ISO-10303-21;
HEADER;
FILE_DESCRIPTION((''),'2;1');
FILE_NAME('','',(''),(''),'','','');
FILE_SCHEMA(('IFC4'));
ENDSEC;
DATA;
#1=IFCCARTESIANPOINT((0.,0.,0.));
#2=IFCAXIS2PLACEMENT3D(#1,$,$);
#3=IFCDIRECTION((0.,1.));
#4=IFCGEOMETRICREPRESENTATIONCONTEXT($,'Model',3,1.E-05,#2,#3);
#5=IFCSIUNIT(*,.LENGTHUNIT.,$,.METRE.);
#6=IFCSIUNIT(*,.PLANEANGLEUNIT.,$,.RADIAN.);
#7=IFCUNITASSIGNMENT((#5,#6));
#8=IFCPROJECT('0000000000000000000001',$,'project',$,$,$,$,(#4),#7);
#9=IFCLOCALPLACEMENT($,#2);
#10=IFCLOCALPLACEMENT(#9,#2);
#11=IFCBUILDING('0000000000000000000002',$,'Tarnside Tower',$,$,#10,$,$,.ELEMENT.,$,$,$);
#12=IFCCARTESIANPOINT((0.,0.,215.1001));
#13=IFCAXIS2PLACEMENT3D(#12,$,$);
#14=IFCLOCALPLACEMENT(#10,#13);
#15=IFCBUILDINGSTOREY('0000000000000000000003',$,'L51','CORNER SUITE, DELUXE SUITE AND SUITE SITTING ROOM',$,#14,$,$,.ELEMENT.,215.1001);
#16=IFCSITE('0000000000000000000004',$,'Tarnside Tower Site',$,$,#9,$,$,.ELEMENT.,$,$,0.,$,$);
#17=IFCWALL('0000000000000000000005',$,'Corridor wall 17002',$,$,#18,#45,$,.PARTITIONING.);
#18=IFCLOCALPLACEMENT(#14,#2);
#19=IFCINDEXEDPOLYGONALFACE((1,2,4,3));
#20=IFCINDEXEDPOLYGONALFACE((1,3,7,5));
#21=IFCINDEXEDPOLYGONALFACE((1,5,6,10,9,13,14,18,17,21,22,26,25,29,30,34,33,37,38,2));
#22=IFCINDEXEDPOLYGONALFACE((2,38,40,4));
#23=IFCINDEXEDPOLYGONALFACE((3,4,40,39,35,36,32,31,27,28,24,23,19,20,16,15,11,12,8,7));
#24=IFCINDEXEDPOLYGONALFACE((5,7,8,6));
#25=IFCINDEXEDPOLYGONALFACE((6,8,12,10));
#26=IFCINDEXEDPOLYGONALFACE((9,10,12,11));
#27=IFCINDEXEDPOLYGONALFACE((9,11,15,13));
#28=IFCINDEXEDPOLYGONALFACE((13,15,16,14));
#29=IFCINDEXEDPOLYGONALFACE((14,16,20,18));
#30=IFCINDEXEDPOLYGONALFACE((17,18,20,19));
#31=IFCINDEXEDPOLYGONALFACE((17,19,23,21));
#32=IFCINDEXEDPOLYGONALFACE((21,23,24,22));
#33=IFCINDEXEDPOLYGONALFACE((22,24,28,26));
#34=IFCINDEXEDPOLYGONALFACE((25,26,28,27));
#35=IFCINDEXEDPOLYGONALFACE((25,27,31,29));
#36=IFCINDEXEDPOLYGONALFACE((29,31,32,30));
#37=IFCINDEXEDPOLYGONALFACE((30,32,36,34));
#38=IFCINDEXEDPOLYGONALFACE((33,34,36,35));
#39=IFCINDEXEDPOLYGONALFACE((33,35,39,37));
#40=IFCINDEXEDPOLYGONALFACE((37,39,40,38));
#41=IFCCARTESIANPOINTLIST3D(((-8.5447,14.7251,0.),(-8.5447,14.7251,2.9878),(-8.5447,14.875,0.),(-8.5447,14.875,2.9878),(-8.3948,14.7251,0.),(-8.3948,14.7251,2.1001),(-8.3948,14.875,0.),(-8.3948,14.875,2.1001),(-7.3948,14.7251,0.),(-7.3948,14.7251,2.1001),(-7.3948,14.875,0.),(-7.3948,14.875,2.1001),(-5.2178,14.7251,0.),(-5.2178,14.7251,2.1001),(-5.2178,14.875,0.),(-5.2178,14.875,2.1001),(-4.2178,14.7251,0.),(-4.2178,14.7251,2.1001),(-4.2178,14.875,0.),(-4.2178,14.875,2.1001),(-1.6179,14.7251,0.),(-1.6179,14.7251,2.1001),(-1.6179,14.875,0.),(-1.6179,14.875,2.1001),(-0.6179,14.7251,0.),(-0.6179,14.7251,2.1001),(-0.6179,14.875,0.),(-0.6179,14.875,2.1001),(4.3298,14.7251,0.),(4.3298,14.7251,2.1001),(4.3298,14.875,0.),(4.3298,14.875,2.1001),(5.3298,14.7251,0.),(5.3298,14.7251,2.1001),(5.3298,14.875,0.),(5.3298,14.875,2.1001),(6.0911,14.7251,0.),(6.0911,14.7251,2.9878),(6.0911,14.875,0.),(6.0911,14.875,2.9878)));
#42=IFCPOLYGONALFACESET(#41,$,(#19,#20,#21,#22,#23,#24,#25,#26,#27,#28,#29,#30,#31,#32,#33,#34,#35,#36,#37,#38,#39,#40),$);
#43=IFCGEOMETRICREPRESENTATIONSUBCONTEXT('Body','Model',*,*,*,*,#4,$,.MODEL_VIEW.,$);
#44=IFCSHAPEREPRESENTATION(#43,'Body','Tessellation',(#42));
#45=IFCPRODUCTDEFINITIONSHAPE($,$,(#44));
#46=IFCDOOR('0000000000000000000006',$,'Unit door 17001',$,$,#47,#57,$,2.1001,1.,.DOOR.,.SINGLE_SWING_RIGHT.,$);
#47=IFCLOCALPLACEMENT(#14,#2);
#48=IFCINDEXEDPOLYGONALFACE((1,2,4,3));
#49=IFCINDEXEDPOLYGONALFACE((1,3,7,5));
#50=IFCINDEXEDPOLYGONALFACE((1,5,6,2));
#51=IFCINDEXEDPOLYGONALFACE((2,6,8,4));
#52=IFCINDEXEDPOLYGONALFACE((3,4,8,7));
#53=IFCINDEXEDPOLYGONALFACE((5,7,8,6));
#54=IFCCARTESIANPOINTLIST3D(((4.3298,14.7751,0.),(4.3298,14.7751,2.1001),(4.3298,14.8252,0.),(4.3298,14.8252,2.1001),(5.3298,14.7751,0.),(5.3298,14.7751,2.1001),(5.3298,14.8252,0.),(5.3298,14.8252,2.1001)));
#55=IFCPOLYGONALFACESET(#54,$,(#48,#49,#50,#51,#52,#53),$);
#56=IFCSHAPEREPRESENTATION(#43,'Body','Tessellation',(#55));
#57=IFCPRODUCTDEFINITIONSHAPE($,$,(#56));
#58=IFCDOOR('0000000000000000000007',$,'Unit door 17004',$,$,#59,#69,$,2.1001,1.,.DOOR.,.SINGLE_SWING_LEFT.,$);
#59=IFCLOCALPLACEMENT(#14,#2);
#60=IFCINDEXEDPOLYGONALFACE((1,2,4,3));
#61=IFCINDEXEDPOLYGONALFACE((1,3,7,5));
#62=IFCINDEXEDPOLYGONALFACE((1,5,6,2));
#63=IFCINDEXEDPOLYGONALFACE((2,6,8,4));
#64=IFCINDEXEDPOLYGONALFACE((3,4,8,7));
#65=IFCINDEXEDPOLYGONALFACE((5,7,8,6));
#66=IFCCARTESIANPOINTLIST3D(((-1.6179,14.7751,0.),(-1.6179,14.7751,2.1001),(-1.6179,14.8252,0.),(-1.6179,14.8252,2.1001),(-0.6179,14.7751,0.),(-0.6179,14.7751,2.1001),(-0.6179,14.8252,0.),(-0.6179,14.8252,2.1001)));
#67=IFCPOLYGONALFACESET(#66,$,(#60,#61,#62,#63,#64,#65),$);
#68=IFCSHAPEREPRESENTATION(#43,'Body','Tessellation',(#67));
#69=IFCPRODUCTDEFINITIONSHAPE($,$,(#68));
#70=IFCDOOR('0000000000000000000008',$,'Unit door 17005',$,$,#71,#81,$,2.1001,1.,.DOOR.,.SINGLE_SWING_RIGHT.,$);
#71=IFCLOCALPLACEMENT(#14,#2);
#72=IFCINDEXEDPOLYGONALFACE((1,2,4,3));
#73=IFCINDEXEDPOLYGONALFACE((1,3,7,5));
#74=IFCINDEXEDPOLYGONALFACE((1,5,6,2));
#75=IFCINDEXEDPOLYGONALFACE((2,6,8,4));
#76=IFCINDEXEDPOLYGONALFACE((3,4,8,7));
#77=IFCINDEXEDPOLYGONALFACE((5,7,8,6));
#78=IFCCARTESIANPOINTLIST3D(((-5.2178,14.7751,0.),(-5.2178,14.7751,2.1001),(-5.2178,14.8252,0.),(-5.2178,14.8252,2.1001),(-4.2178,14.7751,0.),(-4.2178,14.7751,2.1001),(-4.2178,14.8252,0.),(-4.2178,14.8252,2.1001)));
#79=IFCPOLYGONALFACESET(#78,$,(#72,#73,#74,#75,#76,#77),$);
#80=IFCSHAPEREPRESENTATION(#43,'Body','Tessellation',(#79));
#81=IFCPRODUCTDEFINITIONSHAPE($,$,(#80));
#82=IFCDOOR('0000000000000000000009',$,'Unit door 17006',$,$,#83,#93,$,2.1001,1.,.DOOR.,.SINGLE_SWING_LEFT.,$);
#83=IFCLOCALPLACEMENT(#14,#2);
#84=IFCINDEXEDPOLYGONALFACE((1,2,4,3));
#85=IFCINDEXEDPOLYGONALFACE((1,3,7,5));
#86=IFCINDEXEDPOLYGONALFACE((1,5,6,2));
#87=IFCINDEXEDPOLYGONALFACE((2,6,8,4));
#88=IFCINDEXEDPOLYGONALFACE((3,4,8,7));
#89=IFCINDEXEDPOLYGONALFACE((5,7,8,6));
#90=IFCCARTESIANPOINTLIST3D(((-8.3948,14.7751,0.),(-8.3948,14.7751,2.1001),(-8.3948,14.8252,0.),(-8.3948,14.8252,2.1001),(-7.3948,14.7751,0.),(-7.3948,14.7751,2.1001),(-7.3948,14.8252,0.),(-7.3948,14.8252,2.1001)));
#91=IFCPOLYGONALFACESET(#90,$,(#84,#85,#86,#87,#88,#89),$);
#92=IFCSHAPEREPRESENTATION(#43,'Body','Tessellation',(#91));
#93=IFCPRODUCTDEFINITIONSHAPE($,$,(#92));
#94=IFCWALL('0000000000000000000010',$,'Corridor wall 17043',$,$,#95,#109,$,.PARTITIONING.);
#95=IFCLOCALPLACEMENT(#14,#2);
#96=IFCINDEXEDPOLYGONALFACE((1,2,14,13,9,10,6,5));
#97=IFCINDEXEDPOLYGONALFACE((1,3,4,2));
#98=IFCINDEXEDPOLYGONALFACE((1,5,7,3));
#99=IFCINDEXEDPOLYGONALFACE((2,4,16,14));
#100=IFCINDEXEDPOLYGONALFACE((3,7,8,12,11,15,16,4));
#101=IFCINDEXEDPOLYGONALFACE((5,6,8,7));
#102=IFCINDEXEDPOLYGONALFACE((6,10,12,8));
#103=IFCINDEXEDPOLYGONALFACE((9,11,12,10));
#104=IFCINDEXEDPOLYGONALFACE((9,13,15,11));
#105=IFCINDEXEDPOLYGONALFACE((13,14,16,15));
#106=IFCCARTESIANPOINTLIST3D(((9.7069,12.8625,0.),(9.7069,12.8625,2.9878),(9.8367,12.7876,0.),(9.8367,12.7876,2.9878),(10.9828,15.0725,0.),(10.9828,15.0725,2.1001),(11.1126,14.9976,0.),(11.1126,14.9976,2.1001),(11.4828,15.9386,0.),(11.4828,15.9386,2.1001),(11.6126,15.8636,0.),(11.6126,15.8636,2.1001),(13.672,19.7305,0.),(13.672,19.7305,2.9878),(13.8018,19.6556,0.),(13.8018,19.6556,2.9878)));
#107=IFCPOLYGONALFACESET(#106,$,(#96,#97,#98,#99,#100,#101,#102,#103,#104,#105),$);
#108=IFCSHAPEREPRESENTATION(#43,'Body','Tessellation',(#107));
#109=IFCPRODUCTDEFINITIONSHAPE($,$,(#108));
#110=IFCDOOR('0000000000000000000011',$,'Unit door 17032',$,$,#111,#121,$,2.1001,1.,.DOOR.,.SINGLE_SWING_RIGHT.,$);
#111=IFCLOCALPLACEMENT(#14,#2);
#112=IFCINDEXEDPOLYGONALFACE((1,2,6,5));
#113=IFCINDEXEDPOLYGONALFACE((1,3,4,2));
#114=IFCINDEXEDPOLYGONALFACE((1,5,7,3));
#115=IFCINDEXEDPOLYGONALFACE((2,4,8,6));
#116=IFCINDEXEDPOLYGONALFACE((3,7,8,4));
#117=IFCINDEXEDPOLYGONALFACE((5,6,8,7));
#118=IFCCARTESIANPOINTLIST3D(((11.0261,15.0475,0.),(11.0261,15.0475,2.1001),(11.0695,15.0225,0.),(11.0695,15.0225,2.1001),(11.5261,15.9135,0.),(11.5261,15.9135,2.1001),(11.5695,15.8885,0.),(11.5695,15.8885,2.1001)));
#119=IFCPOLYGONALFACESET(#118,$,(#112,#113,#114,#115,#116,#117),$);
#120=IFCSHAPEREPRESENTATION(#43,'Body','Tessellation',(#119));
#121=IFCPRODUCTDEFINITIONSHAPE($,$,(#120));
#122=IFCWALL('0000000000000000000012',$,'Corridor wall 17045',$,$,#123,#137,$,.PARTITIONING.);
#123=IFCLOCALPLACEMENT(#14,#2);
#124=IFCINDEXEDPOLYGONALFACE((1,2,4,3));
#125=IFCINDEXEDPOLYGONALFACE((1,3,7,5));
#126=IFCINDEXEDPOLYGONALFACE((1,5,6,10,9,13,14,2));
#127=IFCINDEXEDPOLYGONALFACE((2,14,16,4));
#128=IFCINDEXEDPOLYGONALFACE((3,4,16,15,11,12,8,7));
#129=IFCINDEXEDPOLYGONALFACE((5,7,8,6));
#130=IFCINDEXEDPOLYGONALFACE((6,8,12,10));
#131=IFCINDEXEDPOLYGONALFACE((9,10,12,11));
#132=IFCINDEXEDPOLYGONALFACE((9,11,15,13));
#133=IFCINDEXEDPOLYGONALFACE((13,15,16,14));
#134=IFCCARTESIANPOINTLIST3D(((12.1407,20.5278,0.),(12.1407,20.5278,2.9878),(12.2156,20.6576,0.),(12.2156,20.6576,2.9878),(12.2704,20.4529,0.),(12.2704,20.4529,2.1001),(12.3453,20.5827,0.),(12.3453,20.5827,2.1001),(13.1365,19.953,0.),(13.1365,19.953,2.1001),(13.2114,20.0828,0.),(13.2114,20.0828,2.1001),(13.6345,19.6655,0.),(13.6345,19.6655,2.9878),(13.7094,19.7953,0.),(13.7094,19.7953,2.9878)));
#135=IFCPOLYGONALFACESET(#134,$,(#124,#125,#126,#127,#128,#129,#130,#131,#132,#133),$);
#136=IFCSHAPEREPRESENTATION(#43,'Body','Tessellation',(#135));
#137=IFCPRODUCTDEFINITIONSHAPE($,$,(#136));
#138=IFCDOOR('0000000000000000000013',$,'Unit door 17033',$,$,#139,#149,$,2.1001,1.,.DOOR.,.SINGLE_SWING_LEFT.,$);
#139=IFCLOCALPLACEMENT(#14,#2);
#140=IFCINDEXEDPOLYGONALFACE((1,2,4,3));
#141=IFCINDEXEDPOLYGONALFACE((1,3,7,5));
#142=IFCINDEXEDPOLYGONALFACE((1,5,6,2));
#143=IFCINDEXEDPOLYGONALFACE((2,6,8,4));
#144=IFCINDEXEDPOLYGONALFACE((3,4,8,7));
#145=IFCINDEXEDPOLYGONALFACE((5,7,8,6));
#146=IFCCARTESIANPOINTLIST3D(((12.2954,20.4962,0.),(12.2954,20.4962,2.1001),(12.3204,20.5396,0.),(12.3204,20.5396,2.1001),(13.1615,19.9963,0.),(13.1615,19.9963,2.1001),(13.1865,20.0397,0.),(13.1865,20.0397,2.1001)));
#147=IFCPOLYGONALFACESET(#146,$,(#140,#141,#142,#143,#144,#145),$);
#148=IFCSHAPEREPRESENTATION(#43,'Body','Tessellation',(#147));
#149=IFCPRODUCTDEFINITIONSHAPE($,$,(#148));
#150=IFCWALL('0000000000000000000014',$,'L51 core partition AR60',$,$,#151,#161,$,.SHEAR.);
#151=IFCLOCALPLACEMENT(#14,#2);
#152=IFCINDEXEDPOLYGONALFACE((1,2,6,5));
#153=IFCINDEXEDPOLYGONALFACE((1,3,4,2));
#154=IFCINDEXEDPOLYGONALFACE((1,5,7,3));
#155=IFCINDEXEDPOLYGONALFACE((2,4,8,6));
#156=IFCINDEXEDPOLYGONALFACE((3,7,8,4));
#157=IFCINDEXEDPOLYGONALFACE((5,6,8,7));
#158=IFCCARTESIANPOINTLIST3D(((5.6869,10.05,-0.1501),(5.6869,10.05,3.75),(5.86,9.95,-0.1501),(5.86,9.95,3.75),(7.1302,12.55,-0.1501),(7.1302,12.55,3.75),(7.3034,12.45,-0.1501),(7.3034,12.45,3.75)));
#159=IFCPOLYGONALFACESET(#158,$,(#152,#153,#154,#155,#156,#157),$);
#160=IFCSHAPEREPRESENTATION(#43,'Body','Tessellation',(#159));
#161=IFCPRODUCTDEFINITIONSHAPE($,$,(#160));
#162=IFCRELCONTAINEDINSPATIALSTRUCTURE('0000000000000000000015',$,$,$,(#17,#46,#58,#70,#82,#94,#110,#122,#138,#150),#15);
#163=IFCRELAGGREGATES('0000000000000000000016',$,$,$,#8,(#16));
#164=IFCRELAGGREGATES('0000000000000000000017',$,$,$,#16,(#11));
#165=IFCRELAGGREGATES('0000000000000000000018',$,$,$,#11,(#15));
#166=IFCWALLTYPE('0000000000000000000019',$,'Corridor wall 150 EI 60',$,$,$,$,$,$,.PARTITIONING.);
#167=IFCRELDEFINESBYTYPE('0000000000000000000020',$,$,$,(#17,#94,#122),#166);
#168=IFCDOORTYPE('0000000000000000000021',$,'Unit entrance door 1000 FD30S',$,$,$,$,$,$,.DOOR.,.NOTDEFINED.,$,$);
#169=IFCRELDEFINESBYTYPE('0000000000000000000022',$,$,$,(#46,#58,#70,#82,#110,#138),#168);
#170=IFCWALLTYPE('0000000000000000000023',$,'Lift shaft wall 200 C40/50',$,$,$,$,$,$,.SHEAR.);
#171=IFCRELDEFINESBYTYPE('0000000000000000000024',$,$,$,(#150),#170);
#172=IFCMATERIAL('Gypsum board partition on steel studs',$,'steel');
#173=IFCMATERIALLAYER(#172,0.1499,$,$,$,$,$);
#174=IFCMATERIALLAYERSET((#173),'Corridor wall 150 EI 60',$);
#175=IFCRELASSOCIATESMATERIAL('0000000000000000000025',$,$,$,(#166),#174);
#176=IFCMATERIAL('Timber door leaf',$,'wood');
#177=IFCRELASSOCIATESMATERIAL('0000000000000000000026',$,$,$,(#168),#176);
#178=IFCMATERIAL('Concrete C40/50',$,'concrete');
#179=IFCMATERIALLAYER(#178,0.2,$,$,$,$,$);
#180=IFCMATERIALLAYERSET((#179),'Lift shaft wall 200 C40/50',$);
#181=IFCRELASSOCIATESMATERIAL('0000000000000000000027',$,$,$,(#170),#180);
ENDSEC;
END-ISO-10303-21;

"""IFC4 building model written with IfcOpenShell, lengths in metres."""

from ifc_helpers import new_model, si_unit, direction, frame, frame_2d, origin, place, context, subcontext, project, spatial, rectangle, extrude, material, layer, layer_set, type_object, element, fill, save


model = new_model("IFC4")

# Units and contexts
model_context = context("Model", 3, precision=1e-05, world=origin(), true_north=direction((0.0, 1.0)))
body_context = subcontext(model_context, "Body", "Model", "MODEL_VIEW")
ifc_project = project(units=[si_unit("LENGTHUNIT", "METRE"), si_unit("PLANEANGLEUNIT", "RADIAN")], contexts=[model_context])

# Site, building, storey
site_placement = place(None, origin())
site = spatial("IfcSite", under=ifc_project, at=site_placement, Name="Tarnside Tower Site", CompositionType="ELEMENT", RefElevation=0.0)
building_placement = place(site_placement, origin())
building = spatial("IfcBuilding", under=site, at=building_placement, Name="Tarnside Tower", CompositionType="ELEMENT")
storey_placement = place(building_placement, frame((0.0, 0.0, 215.1001)))
storey = spatial("IfcBuildingStorey", under=building, at=storey_placement, Name="L51", Description="CORNER SUITE, DELUXE SUITE AND SUITE SITTING ROOM", CompositionType="ELEMENT", Elevation=215.1001)

# Shared definitions
ifc_material_1 = material(Name="Gypsum board partition on steel studs", Category="steel")

# Shared definitions
ifc_material_2 = material(Name="Timber door leaf", Category="wood")

# Wall, openings, doors
ifc_layer_1 = layer(ifc_material_1, 0.1499)
ifc_layer_set_1 = layer_set([ifc_layer_1], Name="Corridor wall 150 EI 60")
wall_type_1 = type_object("IfcWallType", Name="Corridor wall 150 EI 60", PredefinedType="PARTITIONING", material=ifc_layer_set_1)
wall_1_placement = place(storey_placement, frame((6.0911, 14.8, 0.0), z_axis=(0.0, 0.0, 1.0), x_axis=(-1.0, 0.0, 0.0)))
wall_1 = element("IfcWall", 1, at=wall_1_placement, inside=storey, type_object=wall_type_1, Name="Corridor wall 17002", PredefinedType="PARTITIONING", context=body_context, shape_type="SweptSolid", body=[
    extrude(rectangle(XDim=14.6357, YDim=0.1499, at=frame_2d((7.3179, 0.0))), origin(), (0.0, 0.0, 1.0), 2.9878),
])
opening_1_placement = place(wall_1_placement, frame((0.7612, 0.0, 0.0)))
opening_1 = element("IfcOpeningElement", 2, at=opening_1_placement, cuts=wall_1, PredefinedType="OPENING", context=body_context, shape_type="SweptSolid", body=[
    extrude(rectangle(XDim=1.0, YDim=2.1001, at=frame_2d((0.5, 1.05))), frame((0.0, 0.085, 0.0), z_axis=(0.0, -1.0, 0.0), x_axis=(1.0, 0.0, 0.0)), (0.0, 0.0, 1.0), 0.1699),
])
opening_2_placement = place(wall_1_placement, frame((6.709, 0.0, 0.0)))
opening_2 = element("IfcOpeningElement", 3, at=opening_2_placement, cuts=wall_1, PredefinedType="OPENING", context=body_context, shape_type="SweptSolid", body=[
    extrude(rectangle(XDim=1.0, YDim=2.1001, at=frame_2d((0.5, 1.05))), frame((0.0, 0.085, 0.0), z_axis=(0.0, -1.0, 0.0), x_axis=(1.0, 0.0, 0.0)), (0.0, 0.0, 1.0), 0.1699),
])
opening_3_placement = place(wall_1_placement, frame((10.3088, 0.0, 0.0)))
opening_3 = element("IfcOpeningElement", 4, at=opening_3_placement, cuts=wall_1, PredefinedType="OPENING", context=body_context, shape_type="SweptSolid", body=[
    extrude(rectangle(XDim=1.0, YDim=2.1001, at=frame_2d((0.5, 1.05))), frame((0.0, 0.085, 0.0), z_axis=(0.0, -1.0, 0.0), x_axis=(1.0, 0.0, 0.0)), (0.0, 0.0, 1.0), 0.1699),
])
opening_4_placement = place(wall_1_placement, frame((13.4858, 0.0, 0.0)))
opening_4 = element("IfcOpeningElement", 5, at=opening_4_placement, cuts=wall_1, PredefinedType="OPENING", context=body_context, shape_type="SweptSolid", body=[
    extrude(rectangle(XDim=1.0, YDim=2.1001, at=frame_2d((0.5, 1.05))), frame((0.0, 0.085, 0.0), z_axis=(0.0, -1.0, 0.0), x_axis=(1.0, 0.0, 0.0)), (0.0, 0.0, 1.0), 0.1699),
])
door_type_1 = type_object("IfcDoorType", Name="Unit entrance door 1000 FD30S", OperationType="NOTDEFINED", PredefinedType="DOOR", material=ifc_material_2)
door_1_placement = place(opening_1_placement, origin())
door_1 = element("IfcDoor", 6, at=door_1_placement, inside=storey, type_object=door_type_1, Name="Unit door 17001", OperationType="SINGLE_SWING_RIGHT", OverallHeight=2.1001, OverallWidth=1.0, PredefinedType="DOOR", context=body_context, shape_type="SweptSolid", body=[
    extrude(rectangle(XDim=1.0, YDim=2.1001, at=frame_2d((0.5, 1.05))), frame((0.0, 0.0249, 0.0), z_axis=(0.0, -1.0, 0.0), x_axis=(1.0, 0.0, 0.0)), (0.0, 0.0, 1.0), 0.05),
])
fill(opening_1, door_1)
door_2_placement = place(opening_2_placement, origin())
door_2 = element("IfcDoor", 7, at=door_2_placement, inside=storey, type_object=door_type_1, Name="Unit door 17004", OperationType="SINGLE_SWING_LEFT", OverallHeight=2.1001, OverallWidth=1.0, PredefinedType="DOOR", context=body_context, shape_type="SweptSolid", body=[
    extrude(rectangle(XDim=1.0, YDim=2.1001, at=frame_2d((0.5, 1.05))), frame((0.0, 0.0249, 0.0), z_axis=(0.0, -1.0, 0.0), x_axis=(1.0, 0.0, 0.0)), (0.0, 0.0, 1.0), 0.05),
])
fill(opening_2, door_2)
door_3_placement = place(opening_3_placement, origin())
door_3 = element("IfcDoor", 8, at=door_3_placement, inside=storey, type_object=door_type_1, Name="Unit door 17005", OperationType="SINGLE_SWING_RIGHT", OverallHeight=2.1001, OverallWidth=1.0, PredefinedType="DOOR", context=body_context, shape_type="SweptSolid", body=[
    extrude(rectangle(XDim=1.0, YDim=2.1001, at=frame_2d((0.5, 1.05))), frame((0.0, 0.0249, 0.0), z_axis=(0.0, -1.0, 0.0), x_axis=(1.0, 0.0, 0.0)), (0.0, 0.0, 1.0), 0.05),
])
fill(opening_3, door_3)
door_4_placement = place(opening_4_placement, origin())
door_4 = element("IfcDoor", 9, at=door_4_placement, inside=storey, type_object=door_type_1, Name="Unit door 17006", OperationType="SINGLE_SWING_LEFT", OverallHeight=2.1001, OverallWidth=1.0, PredefinedType="DOOR", context=body_context, shape_type="SweptSolid", body=[
    extrude(rectangle(XDim=1.0, YDim=2.1001, at=frame_2d((0.5, 1.05))), frame((0.0, 0.0249, 0.0), z_axis=(0.0, -1.0, 0.0), x_axis=(1.0, 0.0, 0.0)), (0.0, 0.0, 1.0), 0.05),
])
fill(opening_4, door_4)

# Walls, openings, doors
wall_2_placement = place(storey_placement, frame((9.7717, 12.825, 0.0), z_axis=(0.0, 0.0, 1.0), x_axis=(0.49999, 0.866031, 0.0)))
wall_2 = element("IfcWall", 10, at=wall_2_placement, inside=storey, type_object=wall_type_1, Name="Corridor wall 17043", PredefinedType="PARTITIONING", context=body_context, shape_type="SweptSolid", body=[
    extrude(rectangle(XDim=7.9304, YDim=0.1499, at=frame_2d((3.9653, 0.0))), origin(), (0.0, 0.0, 1.0), 2.9878),
])
opening_5_placement = place(wall_2_placement, frame((2.552, 0.0, 0.0)))
opening_5 = element("IfcOpeningElement", 11, at=opening_5_placement, cuts=wall_2, PredefinedType="OPENING", context=body_context, shape_type="SweptSolid", body=[
    extrude(rectangle(XDim=1.0, YDim=2.1001, at=frame_2d((0.5, 1.05))), frame((0.0, 0.085, 0.0), z_axis=(0.0, -1.0, 0.0), x_axis=(1.0, 0.0, 0.0)), (0.0, 0.0, 1.0), 0.1699),
])
door_5_placement = place(opening_5_placement, origin())
door_5 = element("IfcDoor", 12, at=door_5_placement, inside=storey, type_object=door_type_1, Name="Unit door 17032", OperationType="SINGLE_SWING_RIGHT", OverallHeight=2.1001, OverallWidth=1.0, PredefinedType="DOOR", context=body_context, shape_type="SweptSolid", body=[
    extrude(rectangle(XDim=1.0, YDim=2.1001, at=frame_2d((0.5, 1.05))), frame((0.0, 0.0249, 0.0), z_axis=(0.0, -1.0, 0.0), x_axis=(1.0, 0.0, 0.0)), (0.0, 0.0, 1.0), 0.05),
])
fill(opening_5, door_5)
wall_3_placement = place(storey_placement, frame((13.6719, 19.7305, 0.0), z_axis=(0.0, 0.0, 1.0), x_axis=(-0.866075, 0.499914, 0.0)))
wall_3 = element("IfcWall", 13, at=wall_3_placement, inside=storey, type_object=wall_type_1, Name="Corridor wall 17045", PredefinedType="PARTITIONING", context=body_context, shape_type="SweptSolid", body=[
    extrude(rectangle(XDim=1.7249, YDim=0.1499, at=frame_2d((0.8623, 0.0))), origin(), (0.0, 0.0, 1.0), 2.9878),
])
opening_6_placement = place(wall_3_placement, frame((0.575, 0.0, 0.0)))
opening_6 = element("IfcOpeningElement", 14, at=opening_6_placement, cuts=wall_3, PredefinedType="OPENING", context=body_context, shape_type="SweptSolid", body=[
    extrude(rectangle(XDim=1.0, YDim=2.1001, at=frame_2d((0.5, 1.05))), frame((0.0, 0.085, 0.0), z_axis=(0.0, -1.0, 0.0), x_axis=(1.0, 0.0, 0.0)), (0.0, 0.0, 1.0), 0.1699),
])
door_6_placement = place(opening_6_placement, origin())
door_6 = element("IfcDoor", 15, at=door_6_placement, inside=storey, type_object=door_type_1, Name="Unit door 17033", OperationType="SINGLE_SWING_LEFT", OverallHeight=2.1001, OverallWidth=1.0, PredefinedType="DOOR", context=body_context, shape_type="SweptSolid", body=[
    extrude(rectangle(XDim=1.0, YDim=2.1001, at=frame_2d((0.5, 1.05))), frame((0.0, 0.0249, 0.0), z_axis=(0.0, -1.0, 0.0), x_axis=(1.0, 0.0, 0.0)), (0.0, 0.0, 1.0), 0.05),
])
fill(opening_6, door_6)

# Wall
ifc_material_3 = material(Name="Concrete C40/50", Category="concrete")
ifc_layer_2 = layer(ifc_material_3, 0.2)
ifc_layer_set_2 = layer_set([ifc_layer_2], Name="Lift shaft wall 200 C40/50")
wall_type_2 = type_object("IfcWallType", Name="Lift shaft wall 200 C40/50", PredefinedType="SHEAR", material=ifc_layer_set_2)
wall_4_placement = place(storey_placement, frame((5.7734, 10.0, -0.1501), z_axis=(0.0, 0.0, 1.0), x_axis=(0.499996, 0.866028, 0.0)))
element("IfcWall", 16, at=wall_4_placement, inside=storey, type_object=wall_type_2, Name="L51 core partition AR60", PredefinedType="SHEAR", context=body_context, shape_type="SweptSolid", body=[
    extrude(rectangle(XDim=2.8867, YDim=0.2, at=frame_2d((1.4434, 0.0))), origin(), (0.0, 0.0, 1.0), 3.9001),
])

save(model, "model.ifc")
